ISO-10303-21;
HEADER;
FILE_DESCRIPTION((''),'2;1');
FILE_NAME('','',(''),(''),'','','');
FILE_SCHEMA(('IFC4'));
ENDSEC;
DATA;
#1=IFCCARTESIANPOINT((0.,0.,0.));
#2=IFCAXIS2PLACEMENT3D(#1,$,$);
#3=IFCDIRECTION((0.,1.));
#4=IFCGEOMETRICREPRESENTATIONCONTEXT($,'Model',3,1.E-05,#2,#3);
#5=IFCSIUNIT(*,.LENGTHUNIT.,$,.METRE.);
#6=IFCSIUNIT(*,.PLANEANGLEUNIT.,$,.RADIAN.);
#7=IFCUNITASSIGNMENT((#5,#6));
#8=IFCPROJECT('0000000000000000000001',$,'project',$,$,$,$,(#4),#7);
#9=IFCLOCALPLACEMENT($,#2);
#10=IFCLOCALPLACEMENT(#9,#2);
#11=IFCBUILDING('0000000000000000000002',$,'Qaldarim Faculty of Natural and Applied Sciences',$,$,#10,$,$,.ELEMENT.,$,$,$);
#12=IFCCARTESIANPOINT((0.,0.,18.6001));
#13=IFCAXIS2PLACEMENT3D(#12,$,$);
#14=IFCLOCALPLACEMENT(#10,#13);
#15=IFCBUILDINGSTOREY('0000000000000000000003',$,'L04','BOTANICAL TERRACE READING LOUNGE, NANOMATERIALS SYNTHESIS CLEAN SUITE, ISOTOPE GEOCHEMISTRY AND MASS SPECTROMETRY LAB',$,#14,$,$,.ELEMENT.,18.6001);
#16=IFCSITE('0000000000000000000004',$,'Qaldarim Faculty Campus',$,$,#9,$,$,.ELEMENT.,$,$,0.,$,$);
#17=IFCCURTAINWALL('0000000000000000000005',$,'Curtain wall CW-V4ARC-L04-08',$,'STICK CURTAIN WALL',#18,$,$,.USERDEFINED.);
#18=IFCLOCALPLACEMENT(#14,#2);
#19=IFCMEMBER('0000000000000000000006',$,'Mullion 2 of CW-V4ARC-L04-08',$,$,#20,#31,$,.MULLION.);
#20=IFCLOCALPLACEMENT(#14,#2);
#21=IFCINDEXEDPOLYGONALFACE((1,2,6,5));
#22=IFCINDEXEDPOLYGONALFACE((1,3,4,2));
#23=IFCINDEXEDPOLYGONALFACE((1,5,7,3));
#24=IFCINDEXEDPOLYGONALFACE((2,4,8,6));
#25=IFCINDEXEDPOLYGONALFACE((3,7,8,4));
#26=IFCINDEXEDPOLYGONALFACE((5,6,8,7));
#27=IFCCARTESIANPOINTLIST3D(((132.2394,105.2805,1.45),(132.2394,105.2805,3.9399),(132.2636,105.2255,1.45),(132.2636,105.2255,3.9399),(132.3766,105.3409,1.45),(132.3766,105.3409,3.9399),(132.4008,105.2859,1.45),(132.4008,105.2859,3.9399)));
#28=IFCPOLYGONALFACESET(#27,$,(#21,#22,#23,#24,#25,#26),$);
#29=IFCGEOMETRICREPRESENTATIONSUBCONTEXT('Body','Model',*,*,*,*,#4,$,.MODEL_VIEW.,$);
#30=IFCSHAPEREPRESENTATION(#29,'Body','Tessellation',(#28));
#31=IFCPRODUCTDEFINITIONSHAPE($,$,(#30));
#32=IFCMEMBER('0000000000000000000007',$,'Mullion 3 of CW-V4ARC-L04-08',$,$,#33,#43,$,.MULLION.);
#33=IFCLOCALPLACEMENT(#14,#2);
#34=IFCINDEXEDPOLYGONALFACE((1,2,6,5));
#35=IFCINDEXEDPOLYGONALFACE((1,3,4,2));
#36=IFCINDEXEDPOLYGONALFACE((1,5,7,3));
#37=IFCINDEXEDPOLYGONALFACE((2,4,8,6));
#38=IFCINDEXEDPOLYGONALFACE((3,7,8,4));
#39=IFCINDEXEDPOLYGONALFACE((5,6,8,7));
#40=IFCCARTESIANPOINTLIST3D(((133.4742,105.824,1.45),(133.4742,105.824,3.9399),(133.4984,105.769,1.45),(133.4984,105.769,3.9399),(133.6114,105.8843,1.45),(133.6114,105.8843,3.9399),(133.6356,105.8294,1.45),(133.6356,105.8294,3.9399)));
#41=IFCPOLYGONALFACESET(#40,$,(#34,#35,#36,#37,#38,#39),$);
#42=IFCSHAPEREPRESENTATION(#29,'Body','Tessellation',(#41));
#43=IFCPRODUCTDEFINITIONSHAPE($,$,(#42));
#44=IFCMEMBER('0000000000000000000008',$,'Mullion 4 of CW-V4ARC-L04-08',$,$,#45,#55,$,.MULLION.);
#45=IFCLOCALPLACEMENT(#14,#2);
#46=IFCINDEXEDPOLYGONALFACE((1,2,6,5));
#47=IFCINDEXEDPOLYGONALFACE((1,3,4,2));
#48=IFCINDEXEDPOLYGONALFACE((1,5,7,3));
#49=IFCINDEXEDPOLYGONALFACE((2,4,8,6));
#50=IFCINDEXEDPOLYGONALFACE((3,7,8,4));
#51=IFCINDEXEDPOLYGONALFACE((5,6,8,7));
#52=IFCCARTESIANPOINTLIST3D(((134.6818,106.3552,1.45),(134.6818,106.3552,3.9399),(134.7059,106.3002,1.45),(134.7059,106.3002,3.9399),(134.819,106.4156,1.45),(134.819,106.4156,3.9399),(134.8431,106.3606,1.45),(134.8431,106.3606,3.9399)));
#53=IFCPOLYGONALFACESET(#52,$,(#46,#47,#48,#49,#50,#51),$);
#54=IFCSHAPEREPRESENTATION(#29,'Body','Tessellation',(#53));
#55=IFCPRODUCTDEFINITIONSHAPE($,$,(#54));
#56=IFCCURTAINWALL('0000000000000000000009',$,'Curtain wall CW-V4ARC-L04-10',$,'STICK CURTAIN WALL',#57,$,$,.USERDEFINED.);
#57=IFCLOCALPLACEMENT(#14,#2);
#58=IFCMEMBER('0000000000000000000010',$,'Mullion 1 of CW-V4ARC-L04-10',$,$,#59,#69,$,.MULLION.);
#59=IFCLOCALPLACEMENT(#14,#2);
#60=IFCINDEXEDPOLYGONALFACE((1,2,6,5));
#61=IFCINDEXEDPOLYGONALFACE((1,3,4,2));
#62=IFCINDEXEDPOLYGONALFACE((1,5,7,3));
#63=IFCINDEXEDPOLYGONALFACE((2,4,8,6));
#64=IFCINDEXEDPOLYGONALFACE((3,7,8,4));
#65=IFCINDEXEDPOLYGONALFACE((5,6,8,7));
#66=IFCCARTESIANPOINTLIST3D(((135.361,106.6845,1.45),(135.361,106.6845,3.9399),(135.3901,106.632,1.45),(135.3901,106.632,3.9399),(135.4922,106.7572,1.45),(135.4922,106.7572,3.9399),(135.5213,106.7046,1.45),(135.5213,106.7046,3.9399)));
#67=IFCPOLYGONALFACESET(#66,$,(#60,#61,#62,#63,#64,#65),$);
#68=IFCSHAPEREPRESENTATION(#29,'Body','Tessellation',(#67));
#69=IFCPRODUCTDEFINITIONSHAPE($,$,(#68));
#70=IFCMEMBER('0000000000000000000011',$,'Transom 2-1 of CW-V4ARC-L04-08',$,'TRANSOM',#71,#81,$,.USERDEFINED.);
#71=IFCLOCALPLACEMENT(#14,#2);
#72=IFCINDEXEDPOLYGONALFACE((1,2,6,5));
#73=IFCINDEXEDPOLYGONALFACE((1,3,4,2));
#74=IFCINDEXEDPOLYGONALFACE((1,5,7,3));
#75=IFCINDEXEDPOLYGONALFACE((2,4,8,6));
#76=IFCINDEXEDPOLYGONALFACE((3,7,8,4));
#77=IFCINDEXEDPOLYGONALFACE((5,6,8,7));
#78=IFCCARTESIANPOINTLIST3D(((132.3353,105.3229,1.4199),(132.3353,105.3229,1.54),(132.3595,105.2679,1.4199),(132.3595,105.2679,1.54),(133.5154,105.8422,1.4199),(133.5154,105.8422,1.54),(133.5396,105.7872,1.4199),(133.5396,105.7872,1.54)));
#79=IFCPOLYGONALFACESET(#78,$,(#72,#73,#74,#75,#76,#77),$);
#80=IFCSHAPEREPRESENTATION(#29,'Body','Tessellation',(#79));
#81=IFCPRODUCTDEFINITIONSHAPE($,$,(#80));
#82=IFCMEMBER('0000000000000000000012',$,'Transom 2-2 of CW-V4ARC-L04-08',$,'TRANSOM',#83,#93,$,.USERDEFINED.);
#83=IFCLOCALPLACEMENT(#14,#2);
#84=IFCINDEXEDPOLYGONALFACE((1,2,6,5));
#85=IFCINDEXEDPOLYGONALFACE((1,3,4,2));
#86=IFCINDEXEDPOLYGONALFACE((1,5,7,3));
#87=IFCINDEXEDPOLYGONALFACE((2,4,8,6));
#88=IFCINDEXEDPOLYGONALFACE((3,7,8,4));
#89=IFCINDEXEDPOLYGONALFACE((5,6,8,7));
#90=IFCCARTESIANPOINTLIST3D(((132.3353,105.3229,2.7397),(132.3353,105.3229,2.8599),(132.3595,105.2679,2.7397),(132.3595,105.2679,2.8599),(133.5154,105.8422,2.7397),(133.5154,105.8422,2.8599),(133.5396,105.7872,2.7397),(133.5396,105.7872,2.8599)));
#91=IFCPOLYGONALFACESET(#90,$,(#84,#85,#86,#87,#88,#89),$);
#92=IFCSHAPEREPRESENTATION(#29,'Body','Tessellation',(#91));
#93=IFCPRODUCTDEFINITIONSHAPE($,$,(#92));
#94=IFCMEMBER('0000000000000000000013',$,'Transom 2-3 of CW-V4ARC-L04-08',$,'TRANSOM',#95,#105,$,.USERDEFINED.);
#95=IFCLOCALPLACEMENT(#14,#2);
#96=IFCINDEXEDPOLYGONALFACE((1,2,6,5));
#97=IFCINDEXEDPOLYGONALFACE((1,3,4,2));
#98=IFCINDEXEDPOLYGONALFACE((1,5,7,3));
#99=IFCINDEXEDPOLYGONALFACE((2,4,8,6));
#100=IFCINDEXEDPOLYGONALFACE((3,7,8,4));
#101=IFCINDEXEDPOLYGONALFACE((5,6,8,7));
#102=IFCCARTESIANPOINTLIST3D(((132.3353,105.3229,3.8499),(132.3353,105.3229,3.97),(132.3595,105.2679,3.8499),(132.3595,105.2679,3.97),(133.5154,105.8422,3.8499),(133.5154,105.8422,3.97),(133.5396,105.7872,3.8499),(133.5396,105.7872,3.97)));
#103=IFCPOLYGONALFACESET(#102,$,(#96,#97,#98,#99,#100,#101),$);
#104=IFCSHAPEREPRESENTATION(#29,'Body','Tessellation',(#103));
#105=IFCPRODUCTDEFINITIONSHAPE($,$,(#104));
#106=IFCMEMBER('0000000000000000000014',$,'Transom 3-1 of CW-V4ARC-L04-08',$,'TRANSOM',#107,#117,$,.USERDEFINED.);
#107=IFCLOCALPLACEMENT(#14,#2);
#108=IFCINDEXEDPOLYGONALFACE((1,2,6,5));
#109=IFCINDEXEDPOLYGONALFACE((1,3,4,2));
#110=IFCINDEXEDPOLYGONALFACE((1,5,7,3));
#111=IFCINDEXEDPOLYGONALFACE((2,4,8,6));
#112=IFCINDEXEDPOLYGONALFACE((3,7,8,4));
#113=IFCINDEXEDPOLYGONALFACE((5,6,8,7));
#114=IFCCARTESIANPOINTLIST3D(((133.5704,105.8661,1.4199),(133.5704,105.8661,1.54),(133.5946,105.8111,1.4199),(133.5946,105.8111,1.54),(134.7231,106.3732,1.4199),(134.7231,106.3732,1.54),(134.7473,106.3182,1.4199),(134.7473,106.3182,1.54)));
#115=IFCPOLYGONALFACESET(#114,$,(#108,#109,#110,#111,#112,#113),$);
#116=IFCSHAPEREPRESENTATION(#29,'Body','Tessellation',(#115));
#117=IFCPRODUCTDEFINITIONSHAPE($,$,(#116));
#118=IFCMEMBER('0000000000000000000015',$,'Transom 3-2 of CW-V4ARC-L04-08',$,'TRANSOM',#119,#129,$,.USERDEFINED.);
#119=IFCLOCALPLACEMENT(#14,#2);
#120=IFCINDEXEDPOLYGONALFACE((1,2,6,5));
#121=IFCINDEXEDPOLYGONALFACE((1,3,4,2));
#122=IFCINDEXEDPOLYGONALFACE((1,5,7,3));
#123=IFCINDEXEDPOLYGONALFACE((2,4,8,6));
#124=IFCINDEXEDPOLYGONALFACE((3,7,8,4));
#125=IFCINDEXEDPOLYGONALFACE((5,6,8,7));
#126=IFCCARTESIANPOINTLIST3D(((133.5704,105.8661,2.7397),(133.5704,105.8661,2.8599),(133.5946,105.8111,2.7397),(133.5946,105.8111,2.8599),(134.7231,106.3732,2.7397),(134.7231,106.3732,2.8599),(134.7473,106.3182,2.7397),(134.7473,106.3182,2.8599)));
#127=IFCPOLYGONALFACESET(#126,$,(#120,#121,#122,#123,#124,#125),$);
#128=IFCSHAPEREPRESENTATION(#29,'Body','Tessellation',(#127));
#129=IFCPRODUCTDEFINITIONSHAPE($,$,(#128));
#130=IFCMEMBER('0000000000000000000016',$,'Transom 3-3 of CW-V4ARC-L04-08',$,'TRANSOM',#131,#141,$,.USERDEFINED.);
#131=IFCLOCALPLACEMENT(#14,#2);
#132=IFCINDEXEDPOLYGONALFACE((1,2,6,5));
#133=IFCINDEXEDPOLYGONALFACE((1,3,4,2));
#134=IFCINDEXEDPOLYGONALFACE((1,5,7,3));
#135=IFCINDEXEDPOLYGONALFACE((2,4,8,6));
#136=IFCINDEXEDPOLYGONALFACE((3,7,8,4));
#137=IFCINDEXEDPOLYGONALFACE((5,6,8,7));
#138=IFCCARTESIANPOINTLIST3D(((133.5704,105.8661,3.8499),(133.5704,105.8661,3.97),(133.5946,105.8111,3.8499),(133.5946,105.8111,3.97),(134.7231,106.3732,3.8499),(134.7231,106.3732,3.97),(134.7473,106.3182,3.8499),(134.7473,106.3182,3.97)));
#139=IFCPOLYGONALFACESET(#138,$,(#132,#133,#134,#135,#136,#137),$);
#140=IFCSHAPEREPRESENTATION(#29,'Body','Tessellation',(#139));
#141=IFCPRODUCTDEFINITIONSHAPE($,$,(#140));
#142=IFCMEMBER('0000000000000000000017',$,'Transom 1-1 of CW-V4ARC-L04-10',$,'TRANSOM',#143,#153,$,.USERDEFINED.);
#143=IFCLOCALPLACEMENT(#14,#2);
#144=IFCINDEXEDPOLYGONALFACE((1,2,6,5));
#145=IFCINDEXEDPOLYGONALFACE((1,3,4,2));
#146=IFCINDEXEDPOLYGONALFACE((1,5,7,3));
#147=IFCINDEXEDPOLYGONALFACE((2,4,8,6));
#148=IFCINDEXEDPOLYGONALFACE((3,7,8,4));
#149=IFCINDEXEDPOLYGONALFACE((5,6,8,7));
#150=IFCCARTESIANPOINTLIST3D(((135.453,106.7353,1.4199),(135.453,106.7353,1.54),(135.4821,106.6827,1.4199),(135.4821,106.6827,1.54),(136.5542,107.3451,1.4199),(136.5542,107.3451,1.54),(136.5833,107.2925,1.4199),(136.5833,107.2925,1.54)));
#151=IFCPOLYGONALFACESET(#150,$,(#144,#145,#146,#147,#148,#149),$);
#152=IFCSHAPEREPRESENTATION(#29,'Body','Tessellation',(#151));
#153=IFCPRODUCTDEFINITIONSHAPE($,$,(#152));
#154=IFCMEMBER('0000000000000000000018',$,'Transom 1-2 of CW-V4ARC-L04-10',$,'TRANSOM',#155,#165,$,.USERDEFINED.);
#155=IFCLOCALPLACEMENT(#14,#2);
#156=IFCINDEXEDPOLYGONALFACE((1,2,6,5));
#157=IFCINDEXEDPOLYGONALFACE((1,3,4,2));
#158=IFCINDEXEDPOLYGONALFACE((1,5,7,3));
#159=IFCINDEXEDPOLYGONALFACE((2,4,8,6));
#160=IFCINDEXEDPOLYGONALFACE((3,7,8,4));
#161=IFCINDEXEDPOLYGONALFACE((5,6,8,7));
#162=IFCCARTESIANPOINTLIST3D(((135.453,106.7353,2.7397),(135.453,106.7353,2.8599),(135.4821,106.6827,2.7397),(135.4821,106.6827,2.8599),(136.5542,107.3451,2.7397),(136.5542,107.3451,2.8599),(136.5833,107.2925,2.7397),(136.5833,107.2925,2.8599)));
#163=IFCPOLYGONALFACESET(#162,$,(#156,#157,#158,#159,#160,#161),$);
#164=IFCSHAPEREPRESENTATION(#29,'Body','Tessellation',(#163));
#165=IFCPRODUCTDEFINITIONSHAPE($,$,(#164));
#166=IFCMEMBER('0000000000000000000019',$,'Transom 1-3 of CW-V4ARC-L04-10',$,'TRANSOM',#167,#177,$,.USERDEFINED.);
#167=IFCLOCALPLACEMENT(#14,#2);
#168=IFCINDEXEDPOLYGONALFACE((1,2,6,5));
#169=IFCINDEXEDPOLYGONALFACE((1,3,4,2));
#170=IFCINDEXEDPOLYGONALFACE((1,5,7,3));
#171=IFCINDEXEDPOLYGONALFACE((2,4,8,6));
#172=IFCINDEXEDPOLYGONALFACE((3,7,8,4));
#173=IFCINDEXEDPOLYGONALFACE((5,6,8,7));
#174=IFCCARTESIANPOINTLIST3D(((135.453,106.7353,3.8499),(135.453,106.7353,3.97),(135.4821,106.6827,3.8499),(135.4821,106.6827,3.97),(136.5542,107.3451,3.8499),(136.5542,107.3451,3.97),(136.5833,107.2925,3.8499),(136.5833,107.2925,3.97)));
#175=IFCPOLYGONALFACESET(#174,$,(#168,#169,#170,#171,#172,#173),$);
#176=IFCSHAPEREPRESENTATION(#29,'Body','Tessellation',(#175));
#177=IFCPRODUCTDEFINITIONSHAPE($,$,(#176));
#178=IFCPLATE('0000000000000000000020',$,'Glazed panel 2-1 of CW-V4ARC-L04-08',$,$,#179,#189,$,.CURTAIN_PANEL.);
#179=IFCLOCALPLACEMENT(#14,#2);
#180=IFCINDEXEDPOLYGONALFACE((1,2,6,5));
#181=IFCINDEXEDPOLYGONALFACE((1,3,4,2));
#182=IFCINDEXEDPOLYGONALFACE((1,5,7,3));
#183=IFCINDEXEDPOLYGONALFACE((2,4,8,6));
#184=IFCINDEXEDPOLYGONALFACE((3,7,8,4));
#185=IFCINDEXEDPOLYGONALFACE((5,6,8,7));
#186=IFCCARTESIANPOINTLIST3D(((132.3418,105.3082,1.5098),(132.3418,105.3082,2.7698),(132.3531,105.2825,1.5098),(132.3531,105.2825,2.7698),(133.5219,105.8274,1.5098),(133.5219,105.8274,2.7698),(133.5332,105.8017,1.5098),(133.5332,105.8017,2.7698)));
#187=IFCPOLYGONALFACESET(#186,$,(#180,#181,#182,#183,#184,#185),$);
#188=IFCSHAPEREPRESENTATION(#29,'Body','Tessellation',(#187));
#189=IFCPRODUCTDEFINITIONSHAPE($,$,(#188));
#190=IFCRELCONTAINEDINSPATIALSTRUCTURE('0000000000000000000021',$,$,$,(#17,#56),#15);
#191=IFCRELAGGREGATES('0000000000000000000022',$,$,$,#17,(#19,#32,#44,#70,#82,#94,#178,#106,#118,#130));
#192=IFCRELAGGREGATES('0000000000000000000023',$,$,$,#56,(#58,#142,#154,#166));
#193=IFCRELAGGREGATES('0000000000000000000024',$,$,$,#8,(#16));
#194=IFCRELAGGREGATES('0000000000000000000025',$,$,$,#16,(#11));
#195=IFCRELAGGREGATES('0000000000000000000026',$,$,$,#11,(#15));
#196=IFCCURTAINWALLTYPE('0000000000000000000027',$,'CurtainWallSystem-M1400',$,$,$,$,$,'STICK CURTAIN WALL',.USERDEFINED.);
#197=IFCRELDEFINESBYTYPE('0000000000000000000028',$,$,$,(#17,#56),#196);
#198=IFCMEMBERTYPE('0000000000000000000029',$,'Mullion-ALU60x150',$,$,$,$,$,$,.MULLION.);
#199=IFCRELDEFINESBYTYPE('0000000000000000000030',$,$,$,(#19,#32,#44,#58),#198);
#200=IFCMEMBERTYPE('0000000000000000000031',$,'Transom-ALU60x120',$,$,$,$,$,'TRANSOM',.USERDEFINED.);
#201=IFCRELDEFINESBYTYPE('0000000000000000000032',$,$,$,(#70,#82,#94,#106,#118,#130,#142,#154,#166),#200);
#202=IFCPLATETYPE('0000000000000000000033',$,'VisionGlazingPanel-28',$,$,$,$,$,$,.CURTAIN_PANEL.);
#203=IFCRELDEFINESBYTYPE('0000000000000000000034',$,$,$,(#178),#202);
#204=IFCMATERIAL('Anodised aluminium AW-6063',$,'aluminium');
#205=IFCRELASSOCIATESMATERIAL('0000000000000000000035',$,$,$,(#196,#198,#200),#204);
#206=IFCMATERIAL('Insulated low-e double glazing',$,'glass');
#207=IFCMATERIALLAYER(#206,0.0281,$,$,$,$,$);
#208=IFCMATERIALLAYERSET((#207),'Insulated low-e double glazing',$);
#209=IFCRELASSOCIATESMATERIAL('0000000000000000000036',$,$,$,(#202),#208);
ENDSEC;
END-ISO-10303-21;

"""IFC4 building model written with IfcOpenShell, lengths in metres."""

from ifc_helpers import new_model, si_unit, direction, frame, origin, origin_2d, place, context, subcontext, project, spatial, rectangle, extrude, material, layer, layer_set, material_profile, profile_set, type_object, element, aggregate, save


model = new_model("IFC4")

# Units and contexts
model_context = context("Model", 3, precision=1e-05, world=origin(), true_north=direction((0.0, 1.0)))
body_context = subcontext(model_context, "Body", "Model", "MODEL_VIEW")
ifc_project = project(units=[si_unit("LENGTHUNIT", "METRE"), si_unit("PLANEANGLEUNIT", "RADIAN")], contexts=[model_context])

# Site, building, storey
site_placement = place(None, origin())
site = spatial("IfcSite", under=ifc_project, at=site_placement, Name="Qaldarim Faculty Campus", CompositionType="ELEMENT", RefElevation=0.0)
building_placement = place(site_placement, origin())
building = spatial("IfcBuilding", under=site, at=building_placement, Name="Qaldarim Faculty of Natural and Applied Sciences", CompositionType="ELEMENT")
storey_placement = place(building_placement, frame((0.0, 0.0, 18.6001)))
storey = spatial("IfcBuildingStorey", under=building, at=storey_placement, Name="L04", Description="BOTANICAL TERRACE READING LOUNGE, NANOMATERIALS SYNTHESIS CLEAN SUITE, ISOTOPE GEOCHEMISTRY AND MASS SPECTROMETRY LAB", CompositionType="ELEMENT", Elevation=18.6001)

# Curtain wall, members
ifc_material_1 = material(Name="Anodised aluminium AW-6063", Category="aluminium")
curtain_wall_type = type_object("IfcCurtainWallType", Name="CurtainWallSystem-M1400", ElementType="STICK CURTAIN WALL", PredefinedType="USERDEFINED", material=ifc_material_1)
curtain_wall_1_placement = place(storey_placement, origin())
curtain_wall_1 = element("IfcCurtainWall", 1, at=curtain_wall_1_placement, inside=storey, type_object=curtain_wall_type, Name="Curtain wall CW-V4ARC-L04-08", ObjectType="STICK CURTAIN WALL", PredefinedType="USERDEFINED")
ifc_material_profile_1 = material_profile(ifc_material_1, rectangle(XDim=0.0601, YDim=0.1499, at=origin_2d()), Name="ALU-M60x150")
ifc_profile_set_1 = profile_set([ifc_material_profile_1], Name="Anodised aluminium AW-6063")
member_type_1 = type_object("IfcMemberType", Name="Mullion-ALU60x150", PredefinedType="MULLION", material=ifc_profile_set_1)
member_1_placement = place(storey_placement, frame((132.3201, 105.2832, 1.45), z_axis=(0.0, 0.0, 1.0), x_axis=(-0.402699, 0.915333, 0.0)))
member_1 = element("IfcMember", 2, at=member_1_placement, type_object=member_type_1, Name="Mullion 2 of CW-V4ARC-L04-08", PredefinedType="MULLION", context=body_context, shape_type="SweptSolid", body=[
    extrude(rectangle(XDim=0.0601, YDim=0.1499, at=origin_2d()), origin(), (0.0, 0.0, 1.0), 2.49),
])
member_2_placement = place(storey_placement, frame((133.5549, 105.8267, 1.45), z_axis=(0.0, 0.0, 1.0), x_axis=(-0.402699, 0.915333, 0.0)))
member_2 = element("IfcMember", 3, at=member_2_placement, type_object=member_type_1, Name="Mullion 3 of CW-V4ARC-L04-08", PredefinedType="MULLION", context=body_context, shape_type="SweptSolid", body=[
    extrude(rectangle(XDim=0.0601, YDim=0.1499, at=origin_2d()), origin(), (0.0, 0.0, 1.0), 2.49),
])
member_3_placement = place(storey_placement, frame((134.7625, 106.3579, 1.45), z_axis=(0.0, 0.0, 1.0), x_axis=(-0.402699, 0.915333, 0.0)))
member_3 = element("IfcMember", 4, at=member_3_placement, type_object=member_type_1, Name="Mullion 4 of CW-V4ARC-L04-08", PredefinedType="MULLION", context=body_context, shape_type="SweptSolid", body=[
    extrude(rectangle(XDim=0.0601, YDim=0.1499, at=origin_2d()), origin(), (0.0, 0.0, 1.0), 2.49),
])

# Curtain wall, member
curtain_wall_2_placement = place(storey_placement, origin())
curtain_wall_2 = element("IfcCurtainWall", 5, at=curtain_wall_2_placement, inside=storey, type_object=curtain_wall_type, Name="Curtain wall CW-V4ARC-L04-10", ObjectType="STICK CURTAIN WALL", PredefinedType="USERDEFINED")
member_4_placement = place(storey_placement, frame((135.4412, 106.6946, 1.45), z_axis=(0.0, 0.0, 1.0), x_axis=(-0.484382, 0.874857, 0.0)))
member_4 = element("IfcMember", 6, at=member_4_placement, type_object=member_type_1, Name="Mullion 1 of CW-V4ARC-L04-10", PredefinedType="MULLION", context=body_context, shape_type="SweptSolid", body=[
    extrude(rectangle(XDim=0.0601, YDim=0.1499, at=origin_2d()), origin(), (0.0, 0.0, 1.0), 2.49),
])

# Members
ifc_material_profile_2 = material_profile(ifc_material_1, rectangle(XDim=0.0601, YDim=0.1201, at=origin_2d()), Name="ALU-T60x120")
ifc_profile_set_2 = profile_set([ifc_material_profile_2], Name="Anodised aluminium AW-6063")
member_type_2 = type_object("IfcMemberType", Name="Transom-ALU60x120", ElementType="TRANSOM", PredefinedType="USERDEFINED", material=ifc_profile_set_2)
member_5_placement = place(storey_placement, frame((132.3474, 105.2954, 1.48), z_axis=(0.915312, 0.402745, 0.0), x_axis=(-0.402745, 0.915312, 0.0)))
member_5 = element("IfcMember", 7, at=member_5_placement, type_object=member_type_2, Name="Transom 2-1 of CW-V4ARC-L04-08", ObjectType="TRANSOM", PredefinedType="USERDEFINED", context=body_context, shape_type="SweptSolid", body=[
    extrude(rectangle(XDim=0.0601, YDim=0.1201, at=origin_2d()), origin(), (0.0, 0.0, 1.0), 1.2893),
])
member_6_placement = place(storey_placement, frame((132.3474, 105.2954, 2.7998), z_axis=(0.915312, 0.402745, 0.0), x_axis=(-0.402745, 0.915312, 0.0)))
member_6 = element("IfcMember", 8, at=member_6_placement, type_object=member_type_2, Name="Transom 2-2 of CW-V4ARC-L04-08", ObjectType="TRANSOM", PredefinedType="USERDEFINED", context=body_context, shape_type="SweptSolid", body=[
    extrude(rectangle(XDim=0.0601, YDim=0.1201, at=origin_2d()), origin(), (0.0, 0.0, 1.0), 1.2893),
])
member_7_placement = place(storey_placement, frame((132.3474, 105.2954, 3.9099), z_axis=(0.915312, 0.402745, 0.0), x_axis=(-0.402745, 0.915312, 0.0)))
member_7 = element("IfcMember", 9, at=member_7_placement, type_object=member_type_2, Name="Transom 2-3 of CW-V4ARC-L04-08", ObjectType="TRANSOM", PredefinedType="USERDEFINED", context=body_context, shape_type="SweptSolid", body=[
    extrude(rectangle(XDim=0.0601, YDim=0.1201, at=origin_2d()), origin(), (0.0, 0.0, 1.0), 1.2893),
])
member_8_placement = place(storey_placement, frame((133.5825, 105.8386, 1.48), z_axis=(0.915332, 0.4027, 0.0), x_axis=(-0.4027, 0.915332, 0.0)))
member_8 = element("IfcMember", 10, at=member_8_placement, type_object=member_type_2, Name="Transom 3-1 of CW-V4ARC-L04-08", ObjectType="TRANSOM", PredefinedType="USERDEFINED", context=body_context, shape_type="SweptSolid", body=[
    extrude(rectangle(XDim=0.0601, YDim=0.1201, at=origin_2d()), origin(), (0.0, 0.0, 1.0), 1.2593),
])
member_9_placement = place(storey_placement, frame((133.5825, 105.8386, 2.7998), z_axis=(0.915332, 0.4027, 0.0), x_axis=(-0.4027, 0.915332, 0.0)))
member_9 = element("IfcMember", 11, at=member_9_placement, type_object=member_type_2, Name="Transom 3-2 of CW-V4ARC-L04-08", ObjectType="TRANSOM", PredefinedType="USERDEFINED", context=body_context, shape_type="SweptSolid", body=[
    extrude(rectangle(XDim=0.0601, YDim=0.1201, at=origin_2d()), origin(), (0.0, 0.0, 1.0), 1.2593),
])
member_10_placement = place(storey_placement, frame((133.5825, 105.8386, 3.9099), z_axis=(0.915332, 0.4027, 0.0), x_axis=(-0.4027, 0.915332, 0.0)))
member_10 = element("IfcMember", 12, at=member_10_placement, type_object=member_type_2, Name="Transom 3-3 of CW-V4ARC-L04-08", ObjectType="TRANSOM", PredefinedType="USERDEFINED", context=body_context, shape_type="SweptSolid", body=[
    extrude(rectangle(XDim=0.0601, YDim=0.1201, at=origin_2d()), origin(), (0.0, 0.0, 1.0), 1.2593),
])
member_11_placement = place(storey_placement, frame((135.4675, 106.709, 1.48), z_axis=(0.874824, 0.48444, 0.0), x_axis=(-0.48444, 0.874824, 0.0)))
member_11 = element("IfcMember", 13, at=member_11_placement, type_object=member_type_2, Name="Transom 1-1 of CW-V4ARC-L04-10", ObjectType="TRANSOM", PredefinedType="USERDEFINED", context=body_context, shape_type="SweptSolid", body=[
    extrude(rectangle(XDim=0.0601, YDim=0.1201, at=origin_2d()), origin(), (0.0, 0.0, 1.0), 1.2588),
])
member_12_placement = place(storey_placement, frame((135.4675, 106.709, 2.7998), z_axis=(0.874824, 0.48444, 0.0), x_axis=(-0.48444, 0.874824, 0.0)))
member_12 = element("IfcMember", 14, at=member_12_placement, type_object=member_type_2, Name="Transom 1-2 of CW-V4ARC-L04-10", ObjectType="TRANSOM", PredefinedType="USERDEFINED", context=body_context, shape_type="SweptSolid", body=[
    extrude(rectangle(XDim=0.0601, YDim=0.1201, at=origin_2d()), origin(), (0.0, 0.0, 1.0), 1.2588),
])
member_13_placement = place(storey_placement, frame((135.4675, 106.709, 3.9099), z_axis=(0.874824, 0.48444, 0.0), x_axis=(-0.48444, 0.874824, 0.0)))
member_13 = element("IfcMember", 15, at=member_13_placement, type_object=member_type_2, Name="Transom 1-3 of CW-V4ARC-L04-10", ObjectType="TRANSOM", PredefinedType="USERDEFINED", context=body_context, shape_type="SweptSolid", body=[
    extrude(rectangle(XDim=0.0601, YDim=0.1201, at=origin_2d()), origin(), (0.0, 0.0, 1.0), 1.2588),
])

# Plate
ifc_material_2 = material(Name="Insulated low-e double glazing", Category="glass")
ifc_layer_1 = layer(ifc_material_2, 0.0281)
ifc_layer_set_1 = layer_set([ifc_layer_1], Name="Insulated low-e double glazing")
plate_type = type_object("IfcPlateType", Name="VisionGlazingPanel-28", PredefinedType="CURTAIN_PANEL", material=ifc_layer_set_1)
plate_1_placement = place(storey_placement, frame((132.9375, 105.5549, 1.5098), z_axis=(0.0, 0.0, 1.0), x_axis=(0.915333, 0.402699, 0.0)))
plate_1 = element("IfcPlate", 16, at=plate_1_placement, type_object=plate_type, Name="Glazed panel 2-1 of CW-V4ARC-L04-08", PredefinedType="CURTAIN_PANEL", context=body_context, shape_type="SweptSolid", body=[
    extrude(rectangle(XDim=1.2893, YDim=0.0281, at=origin_2d()), origin(), (0.0, 0.0, 1.0), 1.26),
])
aggregate(curtain_wall_1, [member_1, member_2, member_3, member_5, member_6, member_7, plate_1, member_8, member_9, member_10])
aggregate(curtain_wall_2, [member_4, member_11, member_12, member_13])

save(model, "model.ifc")
